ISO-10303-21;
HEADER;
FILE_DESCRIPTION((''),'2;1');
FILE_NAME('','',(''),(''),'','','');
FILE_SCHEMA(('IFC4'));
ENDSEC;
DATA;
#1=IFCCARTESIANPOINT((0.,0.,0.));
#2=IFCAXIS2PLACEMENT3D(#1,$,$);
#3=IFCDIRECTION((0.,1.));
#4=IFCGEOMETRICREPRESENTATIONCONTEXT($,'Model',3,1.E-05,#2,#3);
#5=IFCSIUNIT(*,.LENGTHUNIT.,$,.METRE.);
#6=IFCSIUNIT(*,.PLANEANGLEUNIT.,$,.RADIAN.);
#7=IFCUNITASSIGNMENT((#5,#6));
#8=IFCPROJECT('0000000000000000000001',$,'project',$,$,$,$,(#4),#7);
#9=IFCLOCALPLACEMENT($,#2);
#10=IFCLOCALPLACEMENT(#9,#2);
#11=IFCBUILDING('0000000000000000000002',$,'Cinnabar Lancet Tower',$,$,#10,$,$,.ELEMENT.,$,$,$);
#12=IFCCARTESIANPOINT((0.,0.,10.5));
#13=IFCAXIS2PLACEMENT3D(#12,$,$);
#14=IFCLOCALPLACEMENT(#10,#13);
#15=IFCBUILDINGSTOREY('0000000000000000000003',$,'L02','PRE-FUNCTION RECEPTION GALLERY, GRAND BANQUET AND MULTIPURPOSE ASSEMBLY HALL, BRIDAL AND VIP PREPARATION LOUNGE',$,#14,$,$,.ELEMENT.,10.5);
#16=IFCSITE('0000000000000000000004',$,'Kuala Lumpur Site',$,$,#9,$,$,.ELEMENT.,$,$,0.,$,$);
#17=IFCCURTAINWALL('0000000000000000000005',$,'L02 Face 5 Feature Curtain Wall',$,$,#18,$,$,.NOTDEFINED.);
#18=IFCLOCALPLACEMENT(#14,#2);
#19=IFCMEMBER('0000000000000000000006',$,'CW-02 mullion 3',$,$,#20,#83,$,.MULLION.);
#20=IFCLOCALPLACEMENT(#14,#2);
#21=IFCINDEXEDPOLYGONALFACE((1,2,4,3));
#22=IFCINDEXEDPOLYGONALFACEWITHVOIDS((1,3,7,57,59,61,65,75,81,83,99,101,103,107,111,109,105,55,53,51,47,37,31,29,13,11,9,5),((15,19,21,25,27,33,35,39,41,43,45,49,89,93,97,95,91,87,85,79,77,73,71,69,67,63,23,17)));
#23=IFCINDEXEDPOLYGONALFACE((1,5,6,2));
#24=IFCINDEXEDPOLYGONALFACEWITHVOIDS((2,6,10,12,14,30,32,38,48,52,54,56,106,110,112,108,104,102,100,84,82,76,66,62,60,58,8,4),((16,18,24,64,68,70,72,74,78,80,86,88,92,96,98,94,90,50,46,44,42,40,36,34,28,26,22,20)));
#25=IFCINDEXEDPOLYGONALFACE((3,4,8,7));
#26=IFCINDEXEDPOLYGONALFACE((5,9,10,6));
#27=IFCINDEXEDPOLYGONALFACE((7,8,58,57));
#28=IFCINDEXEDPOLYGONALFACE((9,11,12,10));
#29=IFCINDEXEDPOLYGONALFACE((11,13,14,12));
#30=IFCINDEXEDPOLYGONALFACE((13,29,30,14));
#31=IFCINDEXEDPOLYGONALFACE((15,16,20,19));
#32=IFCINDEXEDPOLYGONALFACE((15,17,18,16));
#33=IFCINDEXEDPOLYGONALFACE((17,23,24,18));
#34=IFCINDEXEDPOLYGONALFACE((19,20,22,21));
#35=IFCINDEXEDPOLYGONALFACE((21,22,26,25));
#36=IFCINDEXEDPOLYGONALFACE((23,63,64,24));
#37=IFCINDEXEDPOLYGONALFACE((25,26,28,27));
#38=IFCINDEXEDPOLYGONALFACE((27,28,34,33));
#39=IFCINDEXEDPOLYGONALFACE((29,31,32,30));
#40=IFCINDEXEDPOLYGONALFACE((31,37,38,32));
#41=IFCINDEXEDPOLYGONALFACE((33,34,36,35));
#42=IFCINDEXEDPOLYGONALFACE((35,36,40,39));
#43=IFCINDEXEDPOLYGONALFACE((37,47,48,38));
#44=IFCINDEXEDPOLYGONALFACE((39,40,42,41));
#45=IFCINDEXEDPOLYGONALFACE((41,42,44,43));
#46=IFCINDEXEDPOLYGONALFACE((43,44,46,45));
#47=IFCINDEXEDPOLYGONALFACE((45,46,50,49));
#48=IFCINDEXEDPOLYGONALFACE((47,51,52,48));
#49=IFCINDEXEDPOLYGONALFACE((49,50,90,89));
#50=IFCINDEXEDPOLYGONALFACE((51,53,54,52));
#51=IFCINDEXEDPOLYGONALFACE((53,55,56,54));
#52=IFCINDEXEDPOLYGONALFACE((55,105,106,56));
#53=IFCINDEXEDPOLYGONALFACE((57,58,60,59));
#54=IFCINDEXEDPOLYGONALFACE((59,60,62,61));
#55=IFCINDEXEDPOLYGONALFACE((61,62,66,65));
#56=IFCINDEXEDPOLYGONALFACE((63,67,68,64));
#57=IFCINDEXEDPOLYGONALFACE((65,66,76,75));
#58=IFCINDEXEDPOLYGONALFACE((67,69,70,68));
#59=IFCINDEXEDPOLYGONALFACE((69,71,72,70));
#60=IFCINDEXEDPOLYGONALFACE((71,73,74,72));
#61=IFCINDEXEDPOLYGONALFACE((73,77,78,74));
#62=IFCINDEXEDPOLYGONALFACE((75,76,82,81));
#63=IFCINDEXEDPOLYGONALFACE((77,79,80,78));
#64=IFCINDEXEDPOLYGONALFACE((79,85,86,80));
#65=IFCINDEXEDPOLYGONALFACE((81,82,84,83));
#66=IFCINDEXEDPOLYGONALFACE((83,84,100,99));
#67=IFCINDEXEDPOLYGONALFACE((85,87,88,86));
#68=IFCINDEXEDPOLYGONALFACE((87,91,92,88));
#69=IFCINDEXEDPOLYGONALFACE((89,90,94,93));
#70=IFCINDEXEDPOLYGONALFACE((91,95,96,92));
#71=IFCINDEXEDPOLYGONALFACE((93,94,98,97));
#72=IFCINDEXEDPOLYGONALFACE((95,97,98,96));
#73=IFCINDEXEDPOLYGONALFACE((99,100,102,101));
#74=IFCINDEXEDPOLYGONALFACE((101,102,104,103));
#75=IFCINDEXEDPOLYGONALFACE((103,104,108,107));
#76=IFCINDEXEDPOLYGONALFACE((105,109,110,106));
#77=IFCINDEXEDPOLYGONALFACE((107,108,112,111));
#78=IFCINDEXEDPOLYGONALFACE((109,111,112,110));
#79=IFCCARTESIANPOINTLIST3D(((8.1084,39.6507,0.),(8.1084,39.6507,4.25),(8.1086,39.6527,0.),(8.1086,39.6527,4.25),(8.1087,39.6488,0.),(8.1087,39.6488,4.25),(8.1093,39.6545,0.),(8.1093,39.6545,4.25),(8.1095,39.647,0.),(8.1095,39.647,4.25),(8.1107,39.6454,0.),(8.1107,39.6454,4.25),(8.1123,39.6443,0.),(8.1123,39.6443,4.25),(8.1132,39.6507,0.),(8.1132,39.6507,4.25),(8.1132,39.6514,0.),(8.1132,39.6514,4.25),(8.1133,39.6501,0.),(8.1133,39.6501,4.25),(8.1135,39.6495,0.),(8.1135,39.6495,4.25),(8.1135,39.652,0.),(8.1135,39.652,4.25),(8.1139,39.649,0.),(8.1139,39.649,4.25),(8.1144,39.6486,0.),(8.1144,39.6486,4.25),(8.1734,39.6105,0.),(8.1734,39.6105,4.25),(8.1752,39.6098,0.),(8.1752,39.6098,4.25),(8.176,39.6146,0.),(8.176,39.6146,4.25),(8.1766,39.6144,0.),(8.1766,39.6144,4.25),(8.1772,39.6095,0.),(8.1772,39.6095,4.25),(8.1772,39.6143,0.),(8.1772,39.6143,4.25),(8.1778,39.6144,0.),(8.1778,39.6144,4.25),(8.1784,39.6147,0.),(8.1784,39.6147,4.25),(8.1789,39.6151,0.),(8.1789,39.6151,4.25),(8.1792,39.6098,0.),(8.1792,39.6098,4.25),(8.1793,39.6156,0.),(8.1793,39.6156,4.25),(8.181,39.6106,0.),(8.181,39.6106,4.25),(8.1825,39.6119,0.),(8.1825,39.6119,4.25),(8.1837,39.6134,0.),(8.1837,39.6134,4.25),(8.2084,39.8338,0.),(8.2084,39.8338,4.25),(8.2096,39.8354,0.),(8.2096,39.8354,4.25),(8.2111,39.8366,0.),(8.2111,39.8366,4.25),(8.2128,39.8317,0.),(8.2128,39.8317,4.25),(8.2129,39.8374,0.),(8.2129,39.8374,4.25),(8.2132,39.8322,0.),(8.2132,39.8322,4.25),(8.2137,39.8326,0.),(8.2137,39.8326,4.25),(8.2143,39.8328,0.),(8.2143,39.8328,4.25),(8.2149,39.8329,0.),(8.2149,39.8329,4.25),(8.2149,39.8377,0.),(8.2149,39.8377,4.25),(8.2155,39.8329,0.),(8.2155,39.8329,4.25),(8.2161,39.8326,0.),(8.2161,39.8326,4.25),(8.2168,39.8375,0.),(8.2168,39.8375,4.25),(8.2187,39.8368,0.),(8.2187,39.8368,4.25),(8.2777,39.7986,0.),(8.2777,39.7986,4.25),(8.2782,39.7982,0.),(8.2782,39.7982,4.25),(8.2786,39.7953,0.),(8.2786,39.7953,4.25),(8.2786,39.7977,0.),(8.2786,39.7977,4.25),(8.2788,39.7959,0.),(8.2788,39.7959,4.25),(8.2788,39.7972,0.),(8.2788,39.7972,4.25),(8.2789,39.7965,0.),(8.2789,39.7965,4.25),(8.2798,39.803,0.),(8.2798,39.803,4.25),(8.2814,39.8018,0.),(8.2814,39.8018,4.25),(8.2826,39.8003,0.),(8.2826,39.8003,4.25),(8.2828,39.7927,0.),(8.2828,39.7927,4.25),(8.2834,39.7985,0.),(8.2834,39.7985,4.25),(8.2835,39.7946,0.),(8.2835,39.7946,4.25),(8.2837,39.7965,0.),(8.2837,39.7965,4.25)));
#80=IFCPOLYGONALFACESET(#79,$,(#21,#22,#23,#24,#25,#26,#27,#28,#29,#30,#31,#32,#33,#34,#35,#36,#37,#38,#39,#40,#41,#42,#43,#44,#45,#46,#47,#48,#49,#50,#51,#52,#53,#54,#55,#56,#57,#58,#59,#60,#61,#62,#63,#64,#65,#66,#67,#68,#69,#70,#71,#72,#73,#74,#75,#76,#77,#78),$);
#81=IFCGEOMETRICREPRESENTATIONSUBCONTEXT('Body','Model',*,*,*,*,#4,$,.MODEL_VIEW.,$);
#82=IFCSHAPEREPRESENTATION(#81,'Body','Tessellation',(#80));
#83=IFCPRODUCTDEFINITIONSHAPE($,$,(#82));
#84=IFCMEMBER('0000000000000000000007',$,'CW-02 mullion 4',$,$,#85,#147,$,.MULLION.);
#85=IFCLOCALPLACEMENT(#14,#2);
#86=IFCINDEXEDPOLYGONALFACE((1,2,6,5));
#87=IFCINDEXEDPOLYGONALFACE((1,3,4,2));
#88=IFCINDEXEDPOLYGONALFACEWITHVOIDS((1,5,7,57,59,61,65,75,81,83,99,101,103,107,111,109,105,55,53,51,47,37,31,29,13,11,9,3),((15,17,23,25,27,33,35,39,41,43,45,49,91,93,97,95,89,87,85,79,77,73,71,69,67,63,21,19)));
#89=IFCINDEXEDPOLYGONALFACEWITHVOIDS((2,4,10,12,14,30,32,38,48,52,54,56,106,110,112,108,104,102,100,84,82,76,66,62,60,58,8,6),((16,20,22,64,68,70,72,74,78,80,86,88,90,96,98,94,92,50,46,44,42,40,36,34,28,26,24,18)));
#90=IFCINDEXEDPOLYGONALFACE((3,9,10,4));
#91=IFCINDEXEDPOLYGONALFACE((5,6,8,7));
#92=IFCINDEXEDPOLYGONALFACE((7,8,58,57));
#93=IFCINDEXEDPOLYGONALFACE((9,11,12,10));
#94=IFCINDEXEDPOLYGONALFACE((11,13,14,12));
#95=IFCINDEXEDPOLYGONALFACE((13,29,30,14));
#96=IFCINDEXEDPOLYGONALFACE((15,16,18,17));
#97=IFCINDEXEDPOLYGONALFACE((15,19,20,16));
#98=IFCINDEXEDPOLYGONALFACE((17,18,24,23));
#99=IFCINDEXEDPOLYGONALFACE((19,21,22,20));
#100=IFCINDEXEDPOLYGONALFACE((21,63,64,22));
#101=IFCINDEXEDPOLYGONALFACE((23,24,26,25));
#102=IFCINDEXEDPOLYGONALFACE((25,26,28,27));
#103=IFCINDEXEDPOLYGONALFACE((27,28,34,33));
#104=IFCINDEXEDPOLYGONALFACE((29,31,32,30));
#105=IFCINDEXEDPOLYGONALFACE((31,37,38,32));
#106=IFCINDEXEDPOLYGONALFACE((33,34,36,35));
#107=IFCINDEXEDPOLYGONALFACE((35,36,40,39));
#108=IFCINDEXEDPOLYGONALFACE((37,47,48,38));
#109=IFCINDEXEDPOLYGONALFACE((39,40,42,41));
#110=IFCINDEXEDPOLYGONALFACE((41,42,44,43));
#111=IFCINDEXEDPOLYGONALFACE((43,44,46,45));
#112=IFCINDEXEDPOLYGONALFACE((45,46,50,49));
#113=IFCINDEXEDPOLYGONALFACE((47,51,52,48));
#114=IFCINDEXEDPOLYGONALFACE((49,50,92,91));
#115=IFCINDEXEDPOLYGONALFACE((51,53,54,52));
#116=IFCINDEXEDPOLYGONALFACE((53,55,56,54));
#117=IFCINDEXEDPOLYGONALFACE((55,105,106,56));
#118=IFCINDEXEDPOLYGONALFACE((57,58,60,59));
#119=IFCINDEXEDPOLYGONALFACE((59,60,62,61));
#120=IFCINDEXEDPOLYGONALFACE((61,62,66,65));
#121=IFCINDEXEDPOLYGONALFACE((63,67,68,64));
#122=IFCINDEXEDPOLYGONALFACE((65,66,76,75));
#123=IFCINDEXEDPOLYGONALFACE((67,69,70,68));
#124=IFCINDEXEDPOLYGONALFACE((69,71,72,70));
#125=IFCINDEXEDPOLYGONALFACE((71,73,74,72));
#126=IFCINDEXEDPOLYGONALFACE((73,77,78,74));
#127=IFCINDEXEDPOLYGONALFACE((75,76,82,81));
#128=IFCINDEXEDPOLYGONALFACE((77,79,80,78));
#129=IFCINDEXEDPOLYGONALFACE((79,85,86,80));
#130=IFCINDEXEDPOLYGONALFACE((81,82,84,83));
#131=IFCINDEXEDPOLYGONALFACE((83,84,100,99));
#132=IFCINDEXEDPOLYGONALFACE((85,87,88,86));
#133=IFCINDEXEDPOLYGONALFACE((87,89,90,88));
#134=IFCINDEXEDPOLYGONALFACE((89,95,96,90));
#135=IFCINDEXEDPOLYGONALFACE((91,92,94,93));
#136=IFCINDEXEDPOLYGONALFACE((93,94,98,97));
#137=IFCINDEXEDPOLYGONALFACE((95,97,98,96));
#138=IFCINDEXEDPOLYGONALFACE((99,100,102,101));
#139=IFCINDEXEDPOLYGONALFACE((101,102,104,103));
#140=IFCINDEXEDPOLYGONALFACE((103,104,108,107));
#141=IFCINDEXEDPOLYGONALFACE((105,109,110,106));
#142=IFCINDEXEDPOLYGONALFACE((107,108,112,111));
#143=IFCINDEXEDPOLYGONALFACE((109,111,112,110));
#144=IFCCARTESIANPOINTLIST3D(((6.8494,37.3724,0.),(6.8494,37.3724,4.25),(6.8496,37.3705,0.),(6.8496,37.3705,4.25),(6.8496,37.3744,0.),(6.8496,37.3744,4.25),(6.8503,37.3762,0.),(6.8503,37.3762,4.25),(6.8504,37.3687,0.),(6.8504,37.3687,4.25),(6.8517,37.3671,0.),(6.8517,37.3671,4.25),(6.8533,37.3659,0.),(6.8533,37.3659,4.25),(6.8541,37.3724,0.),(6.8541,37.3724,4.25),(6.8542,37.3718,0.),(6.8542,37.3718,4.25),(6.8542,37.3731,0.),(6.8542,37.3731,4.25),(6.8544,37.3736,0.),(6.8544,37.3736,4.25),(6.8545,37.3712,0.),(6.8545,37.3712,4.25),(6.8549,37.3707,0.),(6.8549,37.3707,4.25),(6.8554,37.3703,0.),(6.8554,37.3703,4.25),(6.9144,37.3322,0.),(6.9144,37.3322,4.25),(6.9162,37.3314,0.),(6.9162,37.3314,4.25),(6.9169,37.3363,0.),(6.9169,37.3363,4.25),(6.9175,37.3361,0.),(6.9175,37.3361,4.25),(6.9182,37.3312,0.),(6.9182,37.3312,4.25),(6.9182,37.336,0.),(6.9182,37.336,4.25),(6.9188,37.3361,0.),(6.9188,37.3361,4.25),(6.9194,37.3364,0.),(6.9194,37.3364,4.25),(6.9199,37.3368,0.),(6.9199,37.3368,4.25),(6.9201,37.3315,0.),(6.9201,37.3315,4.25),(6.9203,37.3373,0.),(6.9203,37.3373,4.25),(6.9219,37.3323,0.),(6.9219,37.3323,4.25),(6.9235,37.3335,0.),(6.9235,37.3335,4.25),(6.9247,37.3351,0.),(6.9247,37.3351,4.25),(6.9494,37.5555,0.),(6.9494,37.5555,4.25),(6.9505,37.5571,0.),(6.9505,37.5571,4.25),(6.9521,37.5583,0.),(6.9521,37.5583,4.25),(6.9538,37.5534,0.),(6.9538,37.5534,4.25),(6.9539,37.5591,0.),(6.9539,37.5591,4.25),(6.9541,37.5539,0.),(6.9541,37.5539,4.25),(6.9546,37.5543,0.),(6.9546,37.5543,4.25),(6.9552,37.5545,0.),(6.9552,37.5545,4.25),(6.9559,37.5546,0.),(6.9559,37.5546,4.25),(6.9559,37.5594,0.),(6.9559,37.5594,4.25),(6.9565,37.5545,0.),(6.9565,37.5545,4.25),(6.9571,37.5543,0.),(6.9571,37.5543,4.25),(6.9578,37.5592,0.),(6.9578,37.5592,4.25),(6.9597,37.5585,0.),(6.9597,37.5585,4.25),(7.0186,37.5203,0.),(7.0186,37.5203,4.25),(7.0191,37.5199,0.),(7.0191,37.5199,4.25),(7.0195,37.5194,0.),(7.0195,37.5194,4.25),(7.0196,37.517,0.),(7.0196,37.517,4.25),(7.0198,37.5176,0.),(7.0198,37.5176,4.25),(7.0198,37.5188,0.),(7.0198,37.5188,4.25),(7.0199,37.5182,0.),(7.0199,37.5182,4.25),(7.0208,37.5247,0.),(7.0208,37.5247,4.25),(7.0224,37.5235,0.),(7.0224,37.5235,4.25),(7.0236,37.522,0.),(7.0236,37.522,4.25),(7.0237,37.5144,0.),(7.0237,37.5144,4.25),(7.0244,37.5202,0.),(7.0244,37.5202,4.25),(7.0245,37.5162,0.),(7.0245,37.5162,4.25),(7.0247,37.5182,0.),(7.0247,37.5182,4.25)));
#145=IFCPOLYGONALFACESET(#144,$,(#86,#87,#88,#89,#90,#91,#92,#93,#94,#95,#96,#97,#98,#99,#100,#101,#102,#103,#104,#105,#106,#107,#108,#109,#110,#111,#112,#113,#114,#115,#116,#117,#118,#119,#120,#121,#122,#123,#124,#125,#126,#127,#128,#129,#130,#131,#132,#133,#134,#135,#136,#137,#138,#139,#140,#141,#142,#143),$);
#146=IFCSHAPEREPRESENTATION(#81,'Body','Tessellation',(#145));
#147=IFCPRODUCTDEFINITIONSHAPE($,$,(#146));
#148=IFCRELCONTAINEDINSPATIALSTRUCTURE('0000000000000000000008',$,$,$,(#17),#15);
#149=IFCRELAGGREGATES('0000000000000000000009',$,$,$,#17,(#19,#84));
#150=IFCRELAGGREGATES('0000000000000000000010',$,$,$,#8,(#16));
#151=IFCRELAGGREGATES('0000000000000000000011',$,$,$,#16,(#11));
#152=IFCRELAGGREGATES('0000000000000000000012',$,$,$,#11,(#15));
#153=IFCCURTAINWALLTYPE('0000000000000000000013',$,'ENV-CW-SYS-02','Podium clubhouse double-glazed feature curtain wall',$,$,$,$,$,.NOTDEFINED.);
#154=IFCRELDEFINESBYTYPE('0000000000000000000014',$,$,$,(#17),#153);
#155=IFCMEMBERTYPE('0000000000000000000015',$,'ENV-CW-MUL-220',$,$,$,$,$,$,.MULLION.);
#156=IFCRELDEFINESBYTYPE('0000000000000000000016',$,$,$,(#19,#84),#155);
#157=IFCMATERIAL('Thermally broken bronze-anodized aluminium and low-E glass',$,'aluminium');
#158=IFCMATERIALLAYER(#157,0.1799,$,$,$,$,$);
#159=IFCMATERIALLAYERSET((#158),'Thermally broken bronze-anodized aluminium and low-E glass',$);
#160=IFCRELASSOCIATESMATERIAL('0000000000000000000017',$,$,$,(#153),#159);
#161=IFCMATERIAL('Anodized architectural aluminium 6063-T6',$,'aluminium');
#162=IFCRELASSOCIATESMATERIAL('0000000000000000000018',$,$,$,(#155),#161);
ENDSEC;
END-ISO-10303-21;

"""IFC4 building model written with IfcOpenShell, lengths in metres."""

from ifc_helpers import new_model, si_unit, direction, frame, origin, origin_2d, place, context, subcontext, project, spatial, hollow_rectangle, extrude, material, layer, layer_set, material_profile, profile_set, type_object, element, aggregate, save


model = new_model("IFC4")

# Units and contexts
model_context = context("Model", 3, precision=1e-05, world=origin(), true_north=direction((0.0, 1.0)))
body_context = subcontext(model_context, "Body", "Model", "MODEL_VIEW")
ifc_project = project(units=[si_unit("LENGTHUNIT", "METRE"), si_unit("PLANEANGLEUNIT", "RADIAN")], contexts=[model_context])

# Site, building, storey
site_placement = place(None, origin())
site = spatial("IfcSite", under=ifc_project, at=site_placement, Name="Kuala Lumpur Site", CompositionType="ELEMENT", RefElevation=0.0)
building_placement = place(site_placement, origin())
building = spatial("IfcBuilding", under=site, at=building_placement, Name="Cinnabar Lancet Tower", CompositionType="ELEMENT")
storey_placement = place(building_placement, frame((0.0, 0.0, 10.5)))
storey = spatial("IfcBuildingStorey", under=building, at=storey_placement, Name="L02", Description="PRE-FUNCTION RECEPTION GALLERY, GRAND BANQUET AND MULTIPURPOSE ASSEMBLY HALL, BRIDAL AND VIP PREPARATION LOUNGE", CompositionType="ELEMENT", Elevation=10.5)

# Curtain wall, members
ifc_material_1 = material(Name="Thermally broken bronze-anodized aluminium and low-E glass", Category="aluminium")
ifc_layer_1 = layer(ifc_material_1, 0.1799)
ifc_layer_set_1 = layer_set([ifc_layer_1], Name="Thermally broken bronze-anodized aluminium and low-E glass")
curtain_wall_type = type_object("IfcCurtainWallType", Name="ENV-CW-SYS-02", Description="Podium clubhouse double-glazed feature curtain wall", PredefinedType="NOTDEFINED", material=ifc_layer_set_1)
curtain_wall_placement = place(storey_placement, origin())
curtain_wall = element("IfcCurtainWall", 1, at=curtain_wall_placement, inside=storey, type_object=curtain_wall_type, Name="L02 Face 5 Feature Curtain Wall", PredefinedType="NOTDEFINED")
ifc_material_2 = material(Name="Anodized architectural aluminium 6063-T6", Category="aluminium")
ifc_material_profile_1 = material_profile(ifc_material_2, hollow_rectangle(XDim=0.085, YDim=0.22, WallThickness=0.0049, InnerFilletRadius=0.0024, OuterFilletRadius=0.0076, at=origin_2d()), Name="CW-MUL 220x85x5")
ifc_profile_set_1 = profile_set([ifc_material_profile_1], Name="Anodized architectural aluminium 6063-T6")
member_type_1 = type_object("IfcMemberType", Name="ENV-CW-MUL-220", PredefinedType="MULLION", material=ifc_profile_set_1)
member_1_placement = place(storey_placement, frame((8.196, 39.7236, 0.0), z_axis=(0.0, 0.0, 1.0), x_axis=(0.875242, -0.483685, 0.0)))
member_1 = element("IfcMember", 2, at=member_1_placement, type_object=member_type_1, Name="CW-02 mullion 3", PredefinedType="MULLION", context=body_context, shape_type="SweptSolid", body=[
    extrude(hollow_rectangle(XDim=0.085, YDim=0.22, WallThickness=0.0049, InnerFilletRadius=0.0024, OuterFilletRadius=0.0076, at=origin_2d()), origin(), (0.0, 0.0, 1.0), 4.25),
])
member_2_placement = place(storey_placement, frame((6.937, 37.4453, 0.0), z_axis=(0.0, 0.0, 1.0), x_axis=(0.875242, -0.483685, 0.0)))
member_2 = element("IfcMember", 3, at=member_2_placement, type_object=member_type_1, Name="CW-02 mullion 4", PredefinedType="MULLION", context=body_context, shape_type="SweptSolid", body=[
    extrude(hollow_rectangle(XDim=0.085, YDim=0.22, WallThickness=0.0049, InnerFilletRadius=0.0024, OuterFilletRadius=0.0076, at=origin_2d()), origin(), (0.0, 0.0, 1.0), 4.25),
])

aggregate(curtain_wall, [member_1, member_2])

save(model, "model.ifc")
